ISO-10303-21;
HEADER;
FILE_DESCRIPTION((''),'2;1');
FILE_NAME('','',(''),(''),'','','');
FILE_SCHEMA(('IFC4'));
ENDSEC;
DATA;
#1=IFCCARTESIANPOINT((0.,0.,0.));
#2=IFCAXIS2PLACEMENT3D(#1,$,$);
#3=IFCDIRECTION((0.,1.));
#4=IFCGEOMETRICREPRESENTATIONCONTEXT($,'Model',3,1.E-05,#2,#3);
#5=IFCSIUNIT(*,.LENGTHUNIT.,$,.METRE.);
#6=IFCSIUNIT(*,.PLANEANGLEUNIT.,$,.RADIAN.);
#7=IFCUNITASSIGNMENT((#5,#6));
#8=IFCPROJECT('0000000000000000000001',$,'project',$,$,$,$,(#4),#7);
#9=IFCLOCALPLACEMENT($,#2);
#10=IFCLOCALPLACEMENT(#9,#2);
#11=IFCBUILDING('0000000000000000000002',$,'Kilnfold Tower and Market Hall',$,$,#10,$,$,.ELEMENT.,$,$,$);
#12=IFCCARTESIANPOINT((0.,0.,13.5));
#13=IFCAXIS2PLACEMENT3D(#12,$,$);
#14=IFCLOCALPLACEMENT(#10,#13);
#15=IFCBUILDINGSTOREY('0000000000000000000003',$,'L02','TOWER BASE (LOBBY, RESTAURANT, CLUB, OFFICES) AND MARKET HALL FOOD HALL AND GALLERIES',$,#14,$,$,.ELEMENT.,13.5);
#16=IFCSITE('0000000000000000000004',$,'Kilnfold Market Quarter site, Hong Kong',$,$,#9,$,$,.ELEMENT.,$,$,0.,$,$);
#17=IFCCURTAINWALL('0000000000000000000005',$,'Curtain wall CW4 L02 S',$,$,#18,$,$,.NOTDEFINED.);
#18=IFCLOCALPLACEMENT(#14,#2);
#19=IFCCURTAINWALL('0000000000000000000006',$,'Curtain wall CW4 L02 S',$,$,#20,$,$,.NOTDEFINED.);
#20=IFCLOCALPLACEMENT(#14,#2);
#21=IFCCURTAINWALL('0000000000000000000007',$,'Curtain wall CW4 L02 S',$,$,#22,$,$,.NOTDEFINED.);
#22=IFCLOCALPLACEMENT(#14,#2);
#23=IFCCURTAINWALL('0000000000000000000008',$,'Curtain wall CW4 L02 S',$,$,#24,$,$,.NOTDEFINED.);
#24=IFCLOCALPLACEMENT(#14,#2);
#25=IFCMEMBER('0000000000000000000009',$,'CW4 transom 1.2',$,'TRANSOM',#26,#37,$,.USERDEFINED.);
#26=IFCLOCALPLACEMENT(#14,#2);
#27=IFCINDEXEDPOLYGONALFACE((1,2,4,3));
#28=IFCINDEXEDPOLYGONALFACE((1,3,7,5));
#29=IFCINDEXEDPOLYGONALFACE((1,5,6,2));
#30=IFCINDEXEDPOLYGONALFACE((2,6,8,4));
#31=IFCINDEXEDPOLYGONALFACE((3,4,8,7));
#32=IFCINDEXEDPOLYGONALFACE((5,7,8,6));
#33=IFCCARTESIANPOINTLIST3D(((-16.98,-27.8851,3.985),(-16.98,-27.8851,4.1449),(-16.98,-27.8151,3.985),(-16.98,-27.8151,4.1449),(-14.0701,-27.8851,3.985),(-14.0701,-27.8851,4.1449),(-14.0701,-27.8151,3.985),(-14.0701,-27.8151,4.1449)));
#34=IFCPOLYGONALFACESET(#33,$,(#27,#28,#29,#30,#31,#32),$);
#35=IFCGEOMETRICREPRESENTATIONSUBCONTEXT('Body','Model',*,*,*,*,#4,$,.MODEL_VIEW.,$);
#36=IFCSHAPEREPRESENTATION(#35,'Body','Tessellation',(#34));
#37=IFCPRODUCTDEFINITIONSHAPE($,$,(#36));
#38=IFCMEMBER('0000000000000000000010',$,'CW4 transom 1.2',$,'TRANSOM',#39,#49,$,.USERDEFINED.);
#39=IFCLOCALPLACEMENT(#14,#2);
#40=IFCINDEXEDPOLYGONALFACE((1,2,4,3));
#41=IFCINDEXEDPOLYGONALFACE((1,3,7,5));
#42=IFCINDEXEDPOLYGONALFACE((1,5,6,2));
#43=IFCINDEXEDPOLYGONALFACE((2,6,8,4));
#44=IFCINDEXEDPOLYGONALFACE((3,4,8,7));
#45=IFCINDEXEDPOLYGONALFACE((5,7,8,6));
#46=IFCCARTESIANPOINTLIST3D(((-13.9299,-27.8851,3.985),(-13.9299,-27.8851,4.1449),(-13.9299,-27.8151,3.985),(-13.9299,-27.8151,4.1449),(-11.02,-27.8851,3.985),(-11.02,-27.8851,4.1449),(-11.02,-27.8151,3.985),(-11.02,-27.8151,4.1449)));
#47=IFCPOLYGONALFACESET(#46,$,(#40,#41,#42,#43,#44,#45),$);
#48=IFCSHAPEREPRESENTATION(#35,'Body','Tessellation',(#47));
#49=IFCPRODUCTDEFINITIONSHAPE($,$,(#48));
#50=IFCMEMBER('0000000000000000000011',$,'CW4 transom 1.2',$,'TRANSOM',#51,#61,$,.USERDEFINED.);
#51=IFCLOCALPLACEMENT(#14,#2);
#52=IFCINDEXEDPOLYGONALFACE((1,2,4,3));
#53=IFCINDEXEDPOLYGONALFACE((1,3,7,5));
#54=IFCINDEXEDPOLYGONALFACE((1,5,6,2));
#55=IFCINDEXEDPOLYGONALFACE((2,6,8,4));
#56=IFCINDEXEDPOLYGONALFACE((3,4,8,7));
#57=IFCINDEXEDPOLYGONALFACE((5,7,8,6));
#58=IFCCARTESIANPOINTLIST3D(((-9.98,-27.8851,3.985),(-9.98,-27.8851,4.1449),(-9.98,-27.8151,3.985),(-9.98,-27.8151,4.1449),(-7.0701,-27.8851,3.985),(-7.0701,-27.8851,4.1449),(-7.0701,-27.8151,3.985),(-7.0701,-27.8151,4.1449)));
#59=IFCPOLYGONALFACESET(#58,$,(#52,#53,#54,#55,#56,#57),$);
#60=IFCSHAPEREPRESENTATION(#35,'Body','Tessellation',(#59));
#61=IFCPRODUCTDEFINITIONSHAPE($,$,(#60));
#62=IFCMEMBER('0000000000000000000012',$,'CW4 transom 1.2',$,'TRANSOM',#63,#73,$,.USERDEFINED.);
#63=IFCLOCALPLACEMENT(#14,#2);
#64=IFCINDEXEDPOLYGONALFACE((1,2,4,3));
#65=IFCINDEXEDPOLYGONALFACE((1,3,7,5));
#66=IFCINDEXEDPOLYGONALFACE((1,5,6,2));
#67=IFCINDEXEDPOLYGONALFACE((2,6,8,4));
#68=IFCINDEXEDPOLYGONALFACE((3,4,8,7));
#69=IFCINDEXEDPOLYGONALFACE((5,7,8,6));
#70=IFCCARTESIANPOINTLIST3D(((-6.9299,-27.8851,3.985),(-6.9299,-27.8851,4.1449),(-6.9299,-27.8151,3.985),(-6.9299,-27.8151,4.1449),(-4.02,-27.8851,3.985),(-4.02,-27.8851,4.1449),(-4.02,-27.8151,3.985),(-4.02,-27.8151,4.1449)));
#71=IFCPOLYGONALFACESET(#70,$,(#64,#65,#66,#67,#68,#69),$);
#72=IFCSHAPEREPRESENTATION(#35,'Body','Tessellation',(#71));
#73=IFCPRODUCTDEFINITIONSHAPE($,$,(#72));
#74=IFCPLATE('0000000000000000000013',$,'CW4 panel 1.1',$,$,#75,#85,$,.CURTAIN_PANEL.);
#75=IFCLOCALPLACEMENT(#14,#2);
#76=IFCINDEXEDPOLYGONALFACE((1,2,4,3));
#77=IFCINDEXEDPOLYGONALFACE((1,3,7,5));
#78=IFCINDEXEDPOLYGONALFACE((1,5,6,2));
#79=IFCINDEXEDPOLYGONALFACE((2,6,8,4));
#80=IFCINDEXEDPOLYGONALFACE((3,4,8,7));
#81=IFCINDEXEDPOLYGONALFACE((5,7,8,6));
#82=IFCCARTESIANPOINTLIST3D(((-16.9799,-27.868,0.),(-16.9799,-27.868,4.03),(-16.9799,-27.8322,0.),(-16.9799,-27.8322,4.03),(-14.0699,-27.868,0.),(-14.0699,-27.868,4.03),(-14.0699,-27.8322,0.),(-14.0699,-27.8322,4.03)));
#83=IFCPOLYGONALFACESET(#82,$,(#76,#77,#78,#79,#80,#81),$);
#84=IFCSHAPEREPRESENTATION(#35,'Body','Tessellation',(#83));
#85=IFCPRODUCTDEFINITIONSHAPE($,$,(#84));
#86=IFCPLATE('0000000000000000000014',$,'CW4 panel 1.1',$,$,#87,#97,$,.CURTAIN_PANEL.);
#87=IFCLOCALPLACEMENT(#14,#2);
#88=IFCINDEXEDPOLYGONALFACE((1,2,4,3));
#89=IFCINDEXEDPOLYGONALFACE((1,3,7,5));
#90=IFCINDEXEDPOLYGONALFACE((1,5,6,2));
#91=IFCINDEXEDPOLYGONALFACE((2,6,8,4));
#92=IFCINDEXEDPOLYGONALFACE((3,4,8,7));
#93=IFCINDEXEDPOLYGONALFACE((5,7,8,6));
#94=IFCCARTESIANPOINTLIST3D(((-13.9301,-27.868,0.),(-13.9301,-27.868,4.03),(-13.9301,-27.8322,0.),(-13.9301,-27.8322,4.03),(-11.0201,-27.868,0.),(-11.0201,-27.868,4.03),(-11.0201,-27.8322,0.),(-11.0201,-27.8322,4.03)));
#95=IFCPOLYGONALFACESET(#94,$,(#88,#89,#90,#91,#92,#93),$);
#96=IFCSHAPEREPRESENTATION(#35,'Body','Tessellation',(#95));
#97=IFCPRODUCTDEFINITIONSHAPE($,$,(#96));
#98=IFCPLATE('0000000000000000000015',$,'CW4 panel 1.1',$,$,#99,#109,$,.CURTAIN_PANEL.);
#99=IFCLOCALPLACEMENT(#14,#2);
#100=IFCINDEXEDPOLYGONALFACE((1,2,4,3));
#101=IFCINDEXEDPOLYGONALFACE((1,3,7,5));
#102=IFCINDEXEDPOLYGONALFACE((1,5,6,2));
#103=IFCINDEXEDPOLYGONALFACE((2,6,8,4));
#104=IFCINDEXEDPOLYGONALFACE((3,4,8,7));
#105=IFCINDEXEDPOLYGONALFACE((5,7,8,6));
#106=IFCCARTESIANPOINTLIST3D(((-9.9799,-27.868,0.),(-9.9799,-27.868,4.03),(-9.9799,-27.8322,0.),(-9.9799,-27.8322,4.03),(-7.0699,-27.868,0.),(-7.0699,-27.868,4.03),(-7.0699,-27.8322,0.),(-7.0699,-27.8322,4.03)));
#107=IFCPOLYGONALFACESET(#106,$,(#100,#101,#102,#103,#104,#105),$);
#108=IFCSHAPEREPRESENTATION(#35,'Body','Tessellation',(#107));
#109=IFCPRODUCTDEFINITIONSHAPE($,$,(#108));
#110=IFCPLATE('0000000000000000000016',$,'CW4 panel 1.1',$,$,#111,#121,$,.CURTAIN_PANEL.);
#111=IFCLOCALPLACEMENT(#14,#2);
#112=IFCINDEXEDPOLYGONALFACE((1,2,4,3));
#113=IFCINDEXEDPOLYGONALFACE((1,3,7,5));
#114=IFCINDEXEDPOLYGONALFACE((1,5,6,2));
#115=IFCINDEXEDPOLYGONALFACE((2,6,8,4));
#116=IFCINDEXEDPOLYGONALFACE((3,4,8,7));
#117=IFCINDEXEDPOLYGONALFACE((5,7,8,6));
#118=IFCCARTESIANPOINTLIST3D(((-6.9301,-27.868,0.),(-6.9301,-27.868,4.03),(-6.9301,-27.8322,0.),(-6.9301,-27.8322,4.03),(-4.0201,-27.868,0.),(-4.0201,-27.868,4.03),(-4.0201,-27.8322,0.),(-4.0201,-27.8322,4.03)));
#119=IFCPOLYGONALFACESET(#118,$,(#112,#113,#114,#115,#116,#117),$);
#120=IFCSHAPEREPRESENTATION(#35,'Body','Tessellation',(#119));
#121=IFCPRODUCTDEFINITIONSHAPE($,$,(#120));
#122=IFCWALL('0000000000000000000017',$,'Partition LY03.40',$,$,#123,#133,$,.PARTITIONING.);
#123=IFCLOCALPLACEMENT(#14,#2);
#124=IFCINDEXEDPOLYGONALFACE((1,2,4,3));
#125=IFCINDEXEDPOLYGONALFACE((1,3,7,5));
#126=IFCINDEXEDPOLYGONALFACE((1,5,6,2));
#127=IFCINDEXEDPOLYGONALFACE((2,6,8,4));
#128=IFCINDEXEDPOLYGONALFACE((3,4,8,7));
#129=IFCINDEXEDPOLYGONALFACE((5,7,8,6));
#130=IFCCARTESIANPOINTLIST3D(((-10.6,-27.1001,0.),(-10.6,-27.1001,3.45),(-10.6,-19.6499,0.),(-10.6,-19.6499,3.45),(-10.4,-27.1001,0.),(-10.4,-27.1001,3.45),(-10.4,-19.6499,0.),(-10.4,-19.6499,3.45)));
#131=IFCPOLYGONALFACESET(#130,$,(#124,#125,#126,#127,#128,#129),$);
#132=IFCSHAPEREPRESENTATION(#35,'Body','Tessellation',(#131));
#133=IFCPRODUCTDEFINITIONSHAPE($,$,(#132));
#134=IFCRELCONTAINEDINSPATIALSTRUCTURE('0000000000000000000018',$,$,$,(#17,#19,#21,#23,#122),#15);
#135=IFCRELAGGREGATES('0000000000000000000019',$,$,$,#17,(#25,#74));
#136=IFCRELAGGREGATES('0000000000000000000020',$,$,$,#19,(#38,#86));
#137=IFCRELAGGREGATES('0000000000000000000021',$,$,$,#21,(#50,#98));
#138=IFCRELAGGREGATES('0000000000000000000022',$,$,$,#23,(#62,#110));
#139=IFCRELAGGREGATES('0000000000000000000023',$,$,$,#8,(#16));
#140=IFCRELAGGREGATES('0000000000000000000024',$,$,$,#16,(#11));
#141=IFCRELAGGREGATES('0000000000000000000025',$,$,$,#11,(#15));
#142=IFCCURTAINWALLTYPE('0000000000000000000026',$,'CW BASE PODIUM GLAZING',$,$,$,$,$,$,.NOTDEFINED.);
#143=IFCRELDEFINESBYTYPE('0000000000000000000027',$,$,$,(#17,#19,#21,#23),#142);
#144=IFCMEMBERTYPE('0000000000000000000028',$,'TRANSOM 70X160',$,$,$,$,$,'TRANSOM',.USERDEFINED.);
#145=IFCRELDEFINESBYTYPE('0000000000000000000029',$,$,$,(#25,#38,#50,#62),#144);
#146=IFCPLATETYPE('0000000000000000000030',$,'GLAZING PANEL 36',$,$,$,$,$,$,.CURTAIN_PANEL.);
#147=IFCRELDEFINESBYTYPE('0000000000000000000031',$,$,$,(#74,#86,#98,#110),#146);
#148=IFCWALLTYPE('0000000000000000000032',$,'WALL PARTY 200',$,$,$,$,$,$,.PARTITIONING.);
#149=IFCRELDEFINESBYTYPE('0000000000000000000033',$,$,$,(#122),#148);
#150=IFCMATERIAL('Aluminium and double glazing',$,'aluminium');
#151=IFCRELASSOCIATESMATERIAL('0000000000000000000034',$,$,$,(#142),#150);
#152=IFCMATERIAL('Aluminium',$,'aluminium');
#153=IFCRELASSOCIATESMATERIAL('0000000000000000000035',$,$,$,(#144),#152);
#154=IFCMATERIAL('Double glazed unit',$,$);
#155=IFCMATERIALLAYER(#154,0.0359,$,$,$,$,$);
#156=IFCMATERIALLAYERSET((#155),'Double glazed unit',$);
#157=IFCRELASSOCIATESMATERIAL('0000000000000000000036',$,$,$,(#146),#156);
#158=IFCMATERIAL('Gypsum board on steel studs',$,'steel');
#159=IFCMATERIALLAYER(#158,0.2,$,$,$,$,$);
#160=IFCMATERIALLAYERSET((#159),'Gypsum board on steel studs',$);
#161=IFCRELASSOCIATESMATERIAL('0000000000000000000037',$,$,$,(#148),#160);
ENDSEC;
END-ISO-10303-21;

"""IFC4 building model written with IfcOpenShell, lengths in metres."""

from ifc_helpers import new_model, si_unit, direction, frame, frame_2d, origin, origin_2d, place, context, subcontext, project, spatial, rectangle, extrude, source, transform, mapped, material, layer, layer_set, material_profile, profile_set, type_object, element, aggregate, save


model = new_model("IFC4")

# Units and contexts
model_context = context("Model", 3, precision=1e-05, world=origin(), true_north=direction((0.0, 1.0)))
body_context = subcontext(model_context, "Body", "Model", "MODEL_VIEW")
ifc_project = project(units=[si_unit("LENGTHUNIT", "METRE"), si_unit("PLANEANGLEUNIT", "RADIAN")], contexts=[model_context])

# Site, building, storey
site_placement = place(None, origin())
site = spatial("IfcSite", under=ifc_project, at=site_placement, Name="Kilnfold Market Quarter site, Hong Kong", CompositionType="ELEMENT", RefElevation=0.0)
building_placement = place(site_placement, origin())
building = spatial("IfcBuilding", under=site, at=building_placement, Name="Kilnfold Tower and Market Hall", CompositionType="ELEMENT")
storey_placement = place(building_placement, frame((0.0, 0.0, 13.5)))
storey = spatial("IfcBuildingStorey", under=building, at=storey_placement, Name="L02", Description="TOWER BASE (LOBBY, RESTAURANT, CLUB, OFFICES) AND MARKET HALL FOOD HALL AND GALLERIES", CompositionType="ELEMENT", Elevation=13.5)

# Curtain walls
ifc_material_1 = material(Name="Aluminium and double glazing", Category="aluminium")
curtain_wall_type = type_object("IfcCurtainWallType", Name="CW BASE PODIUM GLAZING", PredefinedType="NOTDEFINED", material=ifc_material_1)
curtain_wall_1_placement = place(storey_placement, origin())
curtain_wall_1 = element("IfcCurtainWall", 1, at=curtain_wall_1_placement, inside=storey, type_object=curtain_wall_type, Name="Curtain wall CW4 L02 S", PredefinedType="NOTDEFINED")
curtain_wall_2_placement = place(storey_placement, origin())
curtain_wall_2 = element("IfcCurtainWall", 2, at=curtain_wall_2_placement, inside=storey, type_object=curtain_wall_type, Name="Curtain wall CW4 L02 S", PredefinedType="NOTDEFINED")
curtain_wall_3_placement = place(storey_placement, origin())
curtain_wall_3 = element("IfcCurtainWall", 3, at=curtain_wall_3_placement, inside=storey, type_object=curtain_wall_type, Name="Curtain wall CW4 L02 S", PredefinedType="NOTDEFINED")

# Curtain wall
curtain_wall_4_placement = place(storey_placement, origin())
curtain_wall_4 = element("IfcCurtainWall", 4, at=curtain_wall_4_placement, inside=storey, type_object=curtain_wall_type, Name="Curtain wall CW4 L02 S", PredefinedType="NOTDEFINED")

# Members
ifc_material_2 = material(Name="Aluminium", Category="aluminium")
ifc_material_profile_1 = material_profile(ifc_material_2, rectangle(XDim=0.0701, YDim=0.1599, at=origin_2d()), Name="TRANSOM 70x160")
ifc_profile_set_1 = profile_set([ifc_material_profile_1], Name="Aluminium")
member_type_1 = type_object("IfcMemberType", Name="TRANSOM 70X160", ElementType="TRANSOM", PredefinedType="USERDEFINED", material=ifc_profile_set_1)
shared_shape_1 = source(origin(), body_context, "Body", "SweptSolid", [
    extrude(rectangle(XDim=0.0701, YDim=0.1599, at=origin_2d()), origin(), (0.0, 0.0, 1.0), 2.9099),
])
member_1_placement = place(storey_placement, frame((-16.98, -27.8501, 4.0649), z_axis=(1.0, 0.0, 0.0), x_axis=(0.0, 1.0, 0.0)))
member_1 = element("IfcMember", 5, at=member_1_placement, type_object=member_type_1, Name="CW4 transom 1.2", ObjectType="TRANSOM", PredefinedType="USERDEFINED", context=body_context, shape_type="MappedRepresentation", body=[
    mapped(shared_shape_1, transform((0.0, 0.0, 0.0))),
])
member_2_placement = place(storey_placement, frame((-13.9299, -27.8501, 4.0649), z_axis=(1.0, 0.0, 0.0), x_axis=(0.0, 1.0, 0.0)))
member_2 = element("IfcMember", 6, at=member_2_placement, type_object=member_type_1, Name="CW4 transom 1.2", ObjectType="TRANSOM", PredefinedType="USERDEFINED", context=body_context, shape_type="MappedRepresentation", body=[
    mapped(shared_shape_1, transform((0.0, 0.0, 0.0))),
])
member_3_placement = place(storey_placement, frame((-9.98, -27.8501, 4.0649), z_axis=(1.0, 0.0, 0.0), x_axis=(0.0, 1.0, 0.0)))
member_3 = element("IfcMember", 7, at=member_3_placement, type_object=member_type_1, Name="CW4 transom 1.2", ObjectType="TRANSOM", PredefinedType="USERDEFINED", context=body_context, shape_type="MappedRepresentation", body=[
    mapped(shared_shape_1, transform((0.0, 0.0, 0.0))),
])
member_4_placement = place(storey_placement, frame((-6.9299, -27.8501, 4.0649), z_axis=(1.0, 0.0, 0.0), x_axis=(0.0, 1.0, 0.0)))
member_4 = element("IfcMember", 8, at=member_4_placement, type_object=member_type_1, Name="CW4 transom 1.2", ObjectType="TRANSOM", PredefinedType="USERDEFINED", context=body_context, shape_type="MappedRepresentation", body=[
    mapped(shared_shape_1, transform((0.0, 0.0, 0.0))),
])

# Plates
ifc_material_3 = material(Name="Double glazed unit")
ifc_layer_1 = layer(ifc_material_3, 0.0359)
ifc_layer_set_1 = layer_set([ifc_layer_1], Name="Double glazed unit")
plate_type = type_object("IfcPlateType", Name="GLAZING PANEL 36", PredefinedType="CURTAIN_PANEL", material=ifc_layer_set_1)
shared_shape_2 = source(origin(), body_context, "Body", "SweptSolid", [
    extrude(rectangle(XDim=2.9099, YDim=0.0359, at=origin_2d()), origin(), (0.0, 0.0, 1.0), 4.03),
])
plate_1_placement = place(storey_placement, frame((-15.5249, -27.8501, 0.0), z_axis=(0.0, 0.0, 1.0), x_axis=(1.0, 0.0, 0.0)))
plate_1 = element("IfcPlate", 9, at=plate_1_placement, type_object=plate_type, Name="CW4 panel 1.1", PredefinedType="CURTAIN_PANEL", context=body_context, shape_type="MappedRepresentation", body=[
    mapped(shared_shape_2, transform((0.0, 0.0, 0.0))),
])
aggregate(curtain_wall_1, [member_1, plate_1])
plate_2_placement = place(storey_placement, frame((-12.4751, -27.8501, 0.0), z_axis=(0.0, 0.0, 1.0), x_axis=(1.0, 0.0, 0.0)))
plate_2 = element("IfcPlate", 10, at=plate_2_placement, type_object=plate_type, Name="CW4 panel 1.1", PredefinedType="CURTAIN_PANEL", context=body_context, shape_type="MappedRepresentation", body=[
    mapped(shared_shape_2, transform((0.0, 0.0, 0.0))),
])
aggregate(curtain_wall_2, [member_2, plate_2])
plate_3_placement = place(storey_placement, frame((-8.5249, -27.8501, 0.0), z_axis=(0.0, 0.0, 1.0), x_axis=(1.0, 0.0, 0.0)))
plate_3 = element("IfcPlate", 11, at=plate_3_placement, type_object=plate_type, Name="CW4 panel 1.1", PredefinedType="CURTAIN_PANEL", context=body_context, shape_type="MappedRepresentation", body=[
    mapped(shared_shape_2, transform((0.0, 0.0, 0.0))),
])
aggregate(curtain_wall_3, [member_3, plate_3])
plate_4_placement = place(storey_placement, frame((-5.4751, -27.8501, 0.0), z_axis=(0.0, 0.0, 1.0), x_axis=(1.0, 0.0, 0.0)))
plate_4 = element("IfcPlate", 12, at=plate_4_placement, type_object=plate_type, Name="CW4 panel 1.1", PredefinedType="CURTAIN_PANEL", context=body_context, shape_type="MappedRepresentation", body=[
    mapped(shared_shape_2, transform((0.0, 0.0, 0.0))),
])
aggregate(curtain_wall_4, [member_4, plate_4])

# Wall
ifc_material_4 = material(Name="Gypsum board on steel studs", Category="steel")
ifc_layer_2 = layer(ifc_material_4, 0.2)
ifc_layer_set_2 = layer_set([ifc_layer_2], Name="Gypsum board on steel studs")
wall_type = type_object("IfcWallType", Name="WALL PARTY 200", PredefinedType="PARTITIONING", material=ifc_layer_set_2)
wall_placement = place(storey_placement, frame((-10.5, -27.1001, 0.0), z_axis=(0.0, 0.0, 1.0), x_axis=(0.0, 1.0, 0.0)))
element("IfcWall", 13, at=wall_placement, inside=storey, type_object=wall_type, Name="Partition LY03.40", PredefinedType="PARTITIONING", context=body_context, shape_type="SweptSolid", body=[
    extrude(rectangle(XDim=7.4502, YDim=0.2, at=frame_2d((3.7251, 0.0))), origin(), (0.0, 0.0, 1.0), 3.45),
])

save(model, "model.ifc")
